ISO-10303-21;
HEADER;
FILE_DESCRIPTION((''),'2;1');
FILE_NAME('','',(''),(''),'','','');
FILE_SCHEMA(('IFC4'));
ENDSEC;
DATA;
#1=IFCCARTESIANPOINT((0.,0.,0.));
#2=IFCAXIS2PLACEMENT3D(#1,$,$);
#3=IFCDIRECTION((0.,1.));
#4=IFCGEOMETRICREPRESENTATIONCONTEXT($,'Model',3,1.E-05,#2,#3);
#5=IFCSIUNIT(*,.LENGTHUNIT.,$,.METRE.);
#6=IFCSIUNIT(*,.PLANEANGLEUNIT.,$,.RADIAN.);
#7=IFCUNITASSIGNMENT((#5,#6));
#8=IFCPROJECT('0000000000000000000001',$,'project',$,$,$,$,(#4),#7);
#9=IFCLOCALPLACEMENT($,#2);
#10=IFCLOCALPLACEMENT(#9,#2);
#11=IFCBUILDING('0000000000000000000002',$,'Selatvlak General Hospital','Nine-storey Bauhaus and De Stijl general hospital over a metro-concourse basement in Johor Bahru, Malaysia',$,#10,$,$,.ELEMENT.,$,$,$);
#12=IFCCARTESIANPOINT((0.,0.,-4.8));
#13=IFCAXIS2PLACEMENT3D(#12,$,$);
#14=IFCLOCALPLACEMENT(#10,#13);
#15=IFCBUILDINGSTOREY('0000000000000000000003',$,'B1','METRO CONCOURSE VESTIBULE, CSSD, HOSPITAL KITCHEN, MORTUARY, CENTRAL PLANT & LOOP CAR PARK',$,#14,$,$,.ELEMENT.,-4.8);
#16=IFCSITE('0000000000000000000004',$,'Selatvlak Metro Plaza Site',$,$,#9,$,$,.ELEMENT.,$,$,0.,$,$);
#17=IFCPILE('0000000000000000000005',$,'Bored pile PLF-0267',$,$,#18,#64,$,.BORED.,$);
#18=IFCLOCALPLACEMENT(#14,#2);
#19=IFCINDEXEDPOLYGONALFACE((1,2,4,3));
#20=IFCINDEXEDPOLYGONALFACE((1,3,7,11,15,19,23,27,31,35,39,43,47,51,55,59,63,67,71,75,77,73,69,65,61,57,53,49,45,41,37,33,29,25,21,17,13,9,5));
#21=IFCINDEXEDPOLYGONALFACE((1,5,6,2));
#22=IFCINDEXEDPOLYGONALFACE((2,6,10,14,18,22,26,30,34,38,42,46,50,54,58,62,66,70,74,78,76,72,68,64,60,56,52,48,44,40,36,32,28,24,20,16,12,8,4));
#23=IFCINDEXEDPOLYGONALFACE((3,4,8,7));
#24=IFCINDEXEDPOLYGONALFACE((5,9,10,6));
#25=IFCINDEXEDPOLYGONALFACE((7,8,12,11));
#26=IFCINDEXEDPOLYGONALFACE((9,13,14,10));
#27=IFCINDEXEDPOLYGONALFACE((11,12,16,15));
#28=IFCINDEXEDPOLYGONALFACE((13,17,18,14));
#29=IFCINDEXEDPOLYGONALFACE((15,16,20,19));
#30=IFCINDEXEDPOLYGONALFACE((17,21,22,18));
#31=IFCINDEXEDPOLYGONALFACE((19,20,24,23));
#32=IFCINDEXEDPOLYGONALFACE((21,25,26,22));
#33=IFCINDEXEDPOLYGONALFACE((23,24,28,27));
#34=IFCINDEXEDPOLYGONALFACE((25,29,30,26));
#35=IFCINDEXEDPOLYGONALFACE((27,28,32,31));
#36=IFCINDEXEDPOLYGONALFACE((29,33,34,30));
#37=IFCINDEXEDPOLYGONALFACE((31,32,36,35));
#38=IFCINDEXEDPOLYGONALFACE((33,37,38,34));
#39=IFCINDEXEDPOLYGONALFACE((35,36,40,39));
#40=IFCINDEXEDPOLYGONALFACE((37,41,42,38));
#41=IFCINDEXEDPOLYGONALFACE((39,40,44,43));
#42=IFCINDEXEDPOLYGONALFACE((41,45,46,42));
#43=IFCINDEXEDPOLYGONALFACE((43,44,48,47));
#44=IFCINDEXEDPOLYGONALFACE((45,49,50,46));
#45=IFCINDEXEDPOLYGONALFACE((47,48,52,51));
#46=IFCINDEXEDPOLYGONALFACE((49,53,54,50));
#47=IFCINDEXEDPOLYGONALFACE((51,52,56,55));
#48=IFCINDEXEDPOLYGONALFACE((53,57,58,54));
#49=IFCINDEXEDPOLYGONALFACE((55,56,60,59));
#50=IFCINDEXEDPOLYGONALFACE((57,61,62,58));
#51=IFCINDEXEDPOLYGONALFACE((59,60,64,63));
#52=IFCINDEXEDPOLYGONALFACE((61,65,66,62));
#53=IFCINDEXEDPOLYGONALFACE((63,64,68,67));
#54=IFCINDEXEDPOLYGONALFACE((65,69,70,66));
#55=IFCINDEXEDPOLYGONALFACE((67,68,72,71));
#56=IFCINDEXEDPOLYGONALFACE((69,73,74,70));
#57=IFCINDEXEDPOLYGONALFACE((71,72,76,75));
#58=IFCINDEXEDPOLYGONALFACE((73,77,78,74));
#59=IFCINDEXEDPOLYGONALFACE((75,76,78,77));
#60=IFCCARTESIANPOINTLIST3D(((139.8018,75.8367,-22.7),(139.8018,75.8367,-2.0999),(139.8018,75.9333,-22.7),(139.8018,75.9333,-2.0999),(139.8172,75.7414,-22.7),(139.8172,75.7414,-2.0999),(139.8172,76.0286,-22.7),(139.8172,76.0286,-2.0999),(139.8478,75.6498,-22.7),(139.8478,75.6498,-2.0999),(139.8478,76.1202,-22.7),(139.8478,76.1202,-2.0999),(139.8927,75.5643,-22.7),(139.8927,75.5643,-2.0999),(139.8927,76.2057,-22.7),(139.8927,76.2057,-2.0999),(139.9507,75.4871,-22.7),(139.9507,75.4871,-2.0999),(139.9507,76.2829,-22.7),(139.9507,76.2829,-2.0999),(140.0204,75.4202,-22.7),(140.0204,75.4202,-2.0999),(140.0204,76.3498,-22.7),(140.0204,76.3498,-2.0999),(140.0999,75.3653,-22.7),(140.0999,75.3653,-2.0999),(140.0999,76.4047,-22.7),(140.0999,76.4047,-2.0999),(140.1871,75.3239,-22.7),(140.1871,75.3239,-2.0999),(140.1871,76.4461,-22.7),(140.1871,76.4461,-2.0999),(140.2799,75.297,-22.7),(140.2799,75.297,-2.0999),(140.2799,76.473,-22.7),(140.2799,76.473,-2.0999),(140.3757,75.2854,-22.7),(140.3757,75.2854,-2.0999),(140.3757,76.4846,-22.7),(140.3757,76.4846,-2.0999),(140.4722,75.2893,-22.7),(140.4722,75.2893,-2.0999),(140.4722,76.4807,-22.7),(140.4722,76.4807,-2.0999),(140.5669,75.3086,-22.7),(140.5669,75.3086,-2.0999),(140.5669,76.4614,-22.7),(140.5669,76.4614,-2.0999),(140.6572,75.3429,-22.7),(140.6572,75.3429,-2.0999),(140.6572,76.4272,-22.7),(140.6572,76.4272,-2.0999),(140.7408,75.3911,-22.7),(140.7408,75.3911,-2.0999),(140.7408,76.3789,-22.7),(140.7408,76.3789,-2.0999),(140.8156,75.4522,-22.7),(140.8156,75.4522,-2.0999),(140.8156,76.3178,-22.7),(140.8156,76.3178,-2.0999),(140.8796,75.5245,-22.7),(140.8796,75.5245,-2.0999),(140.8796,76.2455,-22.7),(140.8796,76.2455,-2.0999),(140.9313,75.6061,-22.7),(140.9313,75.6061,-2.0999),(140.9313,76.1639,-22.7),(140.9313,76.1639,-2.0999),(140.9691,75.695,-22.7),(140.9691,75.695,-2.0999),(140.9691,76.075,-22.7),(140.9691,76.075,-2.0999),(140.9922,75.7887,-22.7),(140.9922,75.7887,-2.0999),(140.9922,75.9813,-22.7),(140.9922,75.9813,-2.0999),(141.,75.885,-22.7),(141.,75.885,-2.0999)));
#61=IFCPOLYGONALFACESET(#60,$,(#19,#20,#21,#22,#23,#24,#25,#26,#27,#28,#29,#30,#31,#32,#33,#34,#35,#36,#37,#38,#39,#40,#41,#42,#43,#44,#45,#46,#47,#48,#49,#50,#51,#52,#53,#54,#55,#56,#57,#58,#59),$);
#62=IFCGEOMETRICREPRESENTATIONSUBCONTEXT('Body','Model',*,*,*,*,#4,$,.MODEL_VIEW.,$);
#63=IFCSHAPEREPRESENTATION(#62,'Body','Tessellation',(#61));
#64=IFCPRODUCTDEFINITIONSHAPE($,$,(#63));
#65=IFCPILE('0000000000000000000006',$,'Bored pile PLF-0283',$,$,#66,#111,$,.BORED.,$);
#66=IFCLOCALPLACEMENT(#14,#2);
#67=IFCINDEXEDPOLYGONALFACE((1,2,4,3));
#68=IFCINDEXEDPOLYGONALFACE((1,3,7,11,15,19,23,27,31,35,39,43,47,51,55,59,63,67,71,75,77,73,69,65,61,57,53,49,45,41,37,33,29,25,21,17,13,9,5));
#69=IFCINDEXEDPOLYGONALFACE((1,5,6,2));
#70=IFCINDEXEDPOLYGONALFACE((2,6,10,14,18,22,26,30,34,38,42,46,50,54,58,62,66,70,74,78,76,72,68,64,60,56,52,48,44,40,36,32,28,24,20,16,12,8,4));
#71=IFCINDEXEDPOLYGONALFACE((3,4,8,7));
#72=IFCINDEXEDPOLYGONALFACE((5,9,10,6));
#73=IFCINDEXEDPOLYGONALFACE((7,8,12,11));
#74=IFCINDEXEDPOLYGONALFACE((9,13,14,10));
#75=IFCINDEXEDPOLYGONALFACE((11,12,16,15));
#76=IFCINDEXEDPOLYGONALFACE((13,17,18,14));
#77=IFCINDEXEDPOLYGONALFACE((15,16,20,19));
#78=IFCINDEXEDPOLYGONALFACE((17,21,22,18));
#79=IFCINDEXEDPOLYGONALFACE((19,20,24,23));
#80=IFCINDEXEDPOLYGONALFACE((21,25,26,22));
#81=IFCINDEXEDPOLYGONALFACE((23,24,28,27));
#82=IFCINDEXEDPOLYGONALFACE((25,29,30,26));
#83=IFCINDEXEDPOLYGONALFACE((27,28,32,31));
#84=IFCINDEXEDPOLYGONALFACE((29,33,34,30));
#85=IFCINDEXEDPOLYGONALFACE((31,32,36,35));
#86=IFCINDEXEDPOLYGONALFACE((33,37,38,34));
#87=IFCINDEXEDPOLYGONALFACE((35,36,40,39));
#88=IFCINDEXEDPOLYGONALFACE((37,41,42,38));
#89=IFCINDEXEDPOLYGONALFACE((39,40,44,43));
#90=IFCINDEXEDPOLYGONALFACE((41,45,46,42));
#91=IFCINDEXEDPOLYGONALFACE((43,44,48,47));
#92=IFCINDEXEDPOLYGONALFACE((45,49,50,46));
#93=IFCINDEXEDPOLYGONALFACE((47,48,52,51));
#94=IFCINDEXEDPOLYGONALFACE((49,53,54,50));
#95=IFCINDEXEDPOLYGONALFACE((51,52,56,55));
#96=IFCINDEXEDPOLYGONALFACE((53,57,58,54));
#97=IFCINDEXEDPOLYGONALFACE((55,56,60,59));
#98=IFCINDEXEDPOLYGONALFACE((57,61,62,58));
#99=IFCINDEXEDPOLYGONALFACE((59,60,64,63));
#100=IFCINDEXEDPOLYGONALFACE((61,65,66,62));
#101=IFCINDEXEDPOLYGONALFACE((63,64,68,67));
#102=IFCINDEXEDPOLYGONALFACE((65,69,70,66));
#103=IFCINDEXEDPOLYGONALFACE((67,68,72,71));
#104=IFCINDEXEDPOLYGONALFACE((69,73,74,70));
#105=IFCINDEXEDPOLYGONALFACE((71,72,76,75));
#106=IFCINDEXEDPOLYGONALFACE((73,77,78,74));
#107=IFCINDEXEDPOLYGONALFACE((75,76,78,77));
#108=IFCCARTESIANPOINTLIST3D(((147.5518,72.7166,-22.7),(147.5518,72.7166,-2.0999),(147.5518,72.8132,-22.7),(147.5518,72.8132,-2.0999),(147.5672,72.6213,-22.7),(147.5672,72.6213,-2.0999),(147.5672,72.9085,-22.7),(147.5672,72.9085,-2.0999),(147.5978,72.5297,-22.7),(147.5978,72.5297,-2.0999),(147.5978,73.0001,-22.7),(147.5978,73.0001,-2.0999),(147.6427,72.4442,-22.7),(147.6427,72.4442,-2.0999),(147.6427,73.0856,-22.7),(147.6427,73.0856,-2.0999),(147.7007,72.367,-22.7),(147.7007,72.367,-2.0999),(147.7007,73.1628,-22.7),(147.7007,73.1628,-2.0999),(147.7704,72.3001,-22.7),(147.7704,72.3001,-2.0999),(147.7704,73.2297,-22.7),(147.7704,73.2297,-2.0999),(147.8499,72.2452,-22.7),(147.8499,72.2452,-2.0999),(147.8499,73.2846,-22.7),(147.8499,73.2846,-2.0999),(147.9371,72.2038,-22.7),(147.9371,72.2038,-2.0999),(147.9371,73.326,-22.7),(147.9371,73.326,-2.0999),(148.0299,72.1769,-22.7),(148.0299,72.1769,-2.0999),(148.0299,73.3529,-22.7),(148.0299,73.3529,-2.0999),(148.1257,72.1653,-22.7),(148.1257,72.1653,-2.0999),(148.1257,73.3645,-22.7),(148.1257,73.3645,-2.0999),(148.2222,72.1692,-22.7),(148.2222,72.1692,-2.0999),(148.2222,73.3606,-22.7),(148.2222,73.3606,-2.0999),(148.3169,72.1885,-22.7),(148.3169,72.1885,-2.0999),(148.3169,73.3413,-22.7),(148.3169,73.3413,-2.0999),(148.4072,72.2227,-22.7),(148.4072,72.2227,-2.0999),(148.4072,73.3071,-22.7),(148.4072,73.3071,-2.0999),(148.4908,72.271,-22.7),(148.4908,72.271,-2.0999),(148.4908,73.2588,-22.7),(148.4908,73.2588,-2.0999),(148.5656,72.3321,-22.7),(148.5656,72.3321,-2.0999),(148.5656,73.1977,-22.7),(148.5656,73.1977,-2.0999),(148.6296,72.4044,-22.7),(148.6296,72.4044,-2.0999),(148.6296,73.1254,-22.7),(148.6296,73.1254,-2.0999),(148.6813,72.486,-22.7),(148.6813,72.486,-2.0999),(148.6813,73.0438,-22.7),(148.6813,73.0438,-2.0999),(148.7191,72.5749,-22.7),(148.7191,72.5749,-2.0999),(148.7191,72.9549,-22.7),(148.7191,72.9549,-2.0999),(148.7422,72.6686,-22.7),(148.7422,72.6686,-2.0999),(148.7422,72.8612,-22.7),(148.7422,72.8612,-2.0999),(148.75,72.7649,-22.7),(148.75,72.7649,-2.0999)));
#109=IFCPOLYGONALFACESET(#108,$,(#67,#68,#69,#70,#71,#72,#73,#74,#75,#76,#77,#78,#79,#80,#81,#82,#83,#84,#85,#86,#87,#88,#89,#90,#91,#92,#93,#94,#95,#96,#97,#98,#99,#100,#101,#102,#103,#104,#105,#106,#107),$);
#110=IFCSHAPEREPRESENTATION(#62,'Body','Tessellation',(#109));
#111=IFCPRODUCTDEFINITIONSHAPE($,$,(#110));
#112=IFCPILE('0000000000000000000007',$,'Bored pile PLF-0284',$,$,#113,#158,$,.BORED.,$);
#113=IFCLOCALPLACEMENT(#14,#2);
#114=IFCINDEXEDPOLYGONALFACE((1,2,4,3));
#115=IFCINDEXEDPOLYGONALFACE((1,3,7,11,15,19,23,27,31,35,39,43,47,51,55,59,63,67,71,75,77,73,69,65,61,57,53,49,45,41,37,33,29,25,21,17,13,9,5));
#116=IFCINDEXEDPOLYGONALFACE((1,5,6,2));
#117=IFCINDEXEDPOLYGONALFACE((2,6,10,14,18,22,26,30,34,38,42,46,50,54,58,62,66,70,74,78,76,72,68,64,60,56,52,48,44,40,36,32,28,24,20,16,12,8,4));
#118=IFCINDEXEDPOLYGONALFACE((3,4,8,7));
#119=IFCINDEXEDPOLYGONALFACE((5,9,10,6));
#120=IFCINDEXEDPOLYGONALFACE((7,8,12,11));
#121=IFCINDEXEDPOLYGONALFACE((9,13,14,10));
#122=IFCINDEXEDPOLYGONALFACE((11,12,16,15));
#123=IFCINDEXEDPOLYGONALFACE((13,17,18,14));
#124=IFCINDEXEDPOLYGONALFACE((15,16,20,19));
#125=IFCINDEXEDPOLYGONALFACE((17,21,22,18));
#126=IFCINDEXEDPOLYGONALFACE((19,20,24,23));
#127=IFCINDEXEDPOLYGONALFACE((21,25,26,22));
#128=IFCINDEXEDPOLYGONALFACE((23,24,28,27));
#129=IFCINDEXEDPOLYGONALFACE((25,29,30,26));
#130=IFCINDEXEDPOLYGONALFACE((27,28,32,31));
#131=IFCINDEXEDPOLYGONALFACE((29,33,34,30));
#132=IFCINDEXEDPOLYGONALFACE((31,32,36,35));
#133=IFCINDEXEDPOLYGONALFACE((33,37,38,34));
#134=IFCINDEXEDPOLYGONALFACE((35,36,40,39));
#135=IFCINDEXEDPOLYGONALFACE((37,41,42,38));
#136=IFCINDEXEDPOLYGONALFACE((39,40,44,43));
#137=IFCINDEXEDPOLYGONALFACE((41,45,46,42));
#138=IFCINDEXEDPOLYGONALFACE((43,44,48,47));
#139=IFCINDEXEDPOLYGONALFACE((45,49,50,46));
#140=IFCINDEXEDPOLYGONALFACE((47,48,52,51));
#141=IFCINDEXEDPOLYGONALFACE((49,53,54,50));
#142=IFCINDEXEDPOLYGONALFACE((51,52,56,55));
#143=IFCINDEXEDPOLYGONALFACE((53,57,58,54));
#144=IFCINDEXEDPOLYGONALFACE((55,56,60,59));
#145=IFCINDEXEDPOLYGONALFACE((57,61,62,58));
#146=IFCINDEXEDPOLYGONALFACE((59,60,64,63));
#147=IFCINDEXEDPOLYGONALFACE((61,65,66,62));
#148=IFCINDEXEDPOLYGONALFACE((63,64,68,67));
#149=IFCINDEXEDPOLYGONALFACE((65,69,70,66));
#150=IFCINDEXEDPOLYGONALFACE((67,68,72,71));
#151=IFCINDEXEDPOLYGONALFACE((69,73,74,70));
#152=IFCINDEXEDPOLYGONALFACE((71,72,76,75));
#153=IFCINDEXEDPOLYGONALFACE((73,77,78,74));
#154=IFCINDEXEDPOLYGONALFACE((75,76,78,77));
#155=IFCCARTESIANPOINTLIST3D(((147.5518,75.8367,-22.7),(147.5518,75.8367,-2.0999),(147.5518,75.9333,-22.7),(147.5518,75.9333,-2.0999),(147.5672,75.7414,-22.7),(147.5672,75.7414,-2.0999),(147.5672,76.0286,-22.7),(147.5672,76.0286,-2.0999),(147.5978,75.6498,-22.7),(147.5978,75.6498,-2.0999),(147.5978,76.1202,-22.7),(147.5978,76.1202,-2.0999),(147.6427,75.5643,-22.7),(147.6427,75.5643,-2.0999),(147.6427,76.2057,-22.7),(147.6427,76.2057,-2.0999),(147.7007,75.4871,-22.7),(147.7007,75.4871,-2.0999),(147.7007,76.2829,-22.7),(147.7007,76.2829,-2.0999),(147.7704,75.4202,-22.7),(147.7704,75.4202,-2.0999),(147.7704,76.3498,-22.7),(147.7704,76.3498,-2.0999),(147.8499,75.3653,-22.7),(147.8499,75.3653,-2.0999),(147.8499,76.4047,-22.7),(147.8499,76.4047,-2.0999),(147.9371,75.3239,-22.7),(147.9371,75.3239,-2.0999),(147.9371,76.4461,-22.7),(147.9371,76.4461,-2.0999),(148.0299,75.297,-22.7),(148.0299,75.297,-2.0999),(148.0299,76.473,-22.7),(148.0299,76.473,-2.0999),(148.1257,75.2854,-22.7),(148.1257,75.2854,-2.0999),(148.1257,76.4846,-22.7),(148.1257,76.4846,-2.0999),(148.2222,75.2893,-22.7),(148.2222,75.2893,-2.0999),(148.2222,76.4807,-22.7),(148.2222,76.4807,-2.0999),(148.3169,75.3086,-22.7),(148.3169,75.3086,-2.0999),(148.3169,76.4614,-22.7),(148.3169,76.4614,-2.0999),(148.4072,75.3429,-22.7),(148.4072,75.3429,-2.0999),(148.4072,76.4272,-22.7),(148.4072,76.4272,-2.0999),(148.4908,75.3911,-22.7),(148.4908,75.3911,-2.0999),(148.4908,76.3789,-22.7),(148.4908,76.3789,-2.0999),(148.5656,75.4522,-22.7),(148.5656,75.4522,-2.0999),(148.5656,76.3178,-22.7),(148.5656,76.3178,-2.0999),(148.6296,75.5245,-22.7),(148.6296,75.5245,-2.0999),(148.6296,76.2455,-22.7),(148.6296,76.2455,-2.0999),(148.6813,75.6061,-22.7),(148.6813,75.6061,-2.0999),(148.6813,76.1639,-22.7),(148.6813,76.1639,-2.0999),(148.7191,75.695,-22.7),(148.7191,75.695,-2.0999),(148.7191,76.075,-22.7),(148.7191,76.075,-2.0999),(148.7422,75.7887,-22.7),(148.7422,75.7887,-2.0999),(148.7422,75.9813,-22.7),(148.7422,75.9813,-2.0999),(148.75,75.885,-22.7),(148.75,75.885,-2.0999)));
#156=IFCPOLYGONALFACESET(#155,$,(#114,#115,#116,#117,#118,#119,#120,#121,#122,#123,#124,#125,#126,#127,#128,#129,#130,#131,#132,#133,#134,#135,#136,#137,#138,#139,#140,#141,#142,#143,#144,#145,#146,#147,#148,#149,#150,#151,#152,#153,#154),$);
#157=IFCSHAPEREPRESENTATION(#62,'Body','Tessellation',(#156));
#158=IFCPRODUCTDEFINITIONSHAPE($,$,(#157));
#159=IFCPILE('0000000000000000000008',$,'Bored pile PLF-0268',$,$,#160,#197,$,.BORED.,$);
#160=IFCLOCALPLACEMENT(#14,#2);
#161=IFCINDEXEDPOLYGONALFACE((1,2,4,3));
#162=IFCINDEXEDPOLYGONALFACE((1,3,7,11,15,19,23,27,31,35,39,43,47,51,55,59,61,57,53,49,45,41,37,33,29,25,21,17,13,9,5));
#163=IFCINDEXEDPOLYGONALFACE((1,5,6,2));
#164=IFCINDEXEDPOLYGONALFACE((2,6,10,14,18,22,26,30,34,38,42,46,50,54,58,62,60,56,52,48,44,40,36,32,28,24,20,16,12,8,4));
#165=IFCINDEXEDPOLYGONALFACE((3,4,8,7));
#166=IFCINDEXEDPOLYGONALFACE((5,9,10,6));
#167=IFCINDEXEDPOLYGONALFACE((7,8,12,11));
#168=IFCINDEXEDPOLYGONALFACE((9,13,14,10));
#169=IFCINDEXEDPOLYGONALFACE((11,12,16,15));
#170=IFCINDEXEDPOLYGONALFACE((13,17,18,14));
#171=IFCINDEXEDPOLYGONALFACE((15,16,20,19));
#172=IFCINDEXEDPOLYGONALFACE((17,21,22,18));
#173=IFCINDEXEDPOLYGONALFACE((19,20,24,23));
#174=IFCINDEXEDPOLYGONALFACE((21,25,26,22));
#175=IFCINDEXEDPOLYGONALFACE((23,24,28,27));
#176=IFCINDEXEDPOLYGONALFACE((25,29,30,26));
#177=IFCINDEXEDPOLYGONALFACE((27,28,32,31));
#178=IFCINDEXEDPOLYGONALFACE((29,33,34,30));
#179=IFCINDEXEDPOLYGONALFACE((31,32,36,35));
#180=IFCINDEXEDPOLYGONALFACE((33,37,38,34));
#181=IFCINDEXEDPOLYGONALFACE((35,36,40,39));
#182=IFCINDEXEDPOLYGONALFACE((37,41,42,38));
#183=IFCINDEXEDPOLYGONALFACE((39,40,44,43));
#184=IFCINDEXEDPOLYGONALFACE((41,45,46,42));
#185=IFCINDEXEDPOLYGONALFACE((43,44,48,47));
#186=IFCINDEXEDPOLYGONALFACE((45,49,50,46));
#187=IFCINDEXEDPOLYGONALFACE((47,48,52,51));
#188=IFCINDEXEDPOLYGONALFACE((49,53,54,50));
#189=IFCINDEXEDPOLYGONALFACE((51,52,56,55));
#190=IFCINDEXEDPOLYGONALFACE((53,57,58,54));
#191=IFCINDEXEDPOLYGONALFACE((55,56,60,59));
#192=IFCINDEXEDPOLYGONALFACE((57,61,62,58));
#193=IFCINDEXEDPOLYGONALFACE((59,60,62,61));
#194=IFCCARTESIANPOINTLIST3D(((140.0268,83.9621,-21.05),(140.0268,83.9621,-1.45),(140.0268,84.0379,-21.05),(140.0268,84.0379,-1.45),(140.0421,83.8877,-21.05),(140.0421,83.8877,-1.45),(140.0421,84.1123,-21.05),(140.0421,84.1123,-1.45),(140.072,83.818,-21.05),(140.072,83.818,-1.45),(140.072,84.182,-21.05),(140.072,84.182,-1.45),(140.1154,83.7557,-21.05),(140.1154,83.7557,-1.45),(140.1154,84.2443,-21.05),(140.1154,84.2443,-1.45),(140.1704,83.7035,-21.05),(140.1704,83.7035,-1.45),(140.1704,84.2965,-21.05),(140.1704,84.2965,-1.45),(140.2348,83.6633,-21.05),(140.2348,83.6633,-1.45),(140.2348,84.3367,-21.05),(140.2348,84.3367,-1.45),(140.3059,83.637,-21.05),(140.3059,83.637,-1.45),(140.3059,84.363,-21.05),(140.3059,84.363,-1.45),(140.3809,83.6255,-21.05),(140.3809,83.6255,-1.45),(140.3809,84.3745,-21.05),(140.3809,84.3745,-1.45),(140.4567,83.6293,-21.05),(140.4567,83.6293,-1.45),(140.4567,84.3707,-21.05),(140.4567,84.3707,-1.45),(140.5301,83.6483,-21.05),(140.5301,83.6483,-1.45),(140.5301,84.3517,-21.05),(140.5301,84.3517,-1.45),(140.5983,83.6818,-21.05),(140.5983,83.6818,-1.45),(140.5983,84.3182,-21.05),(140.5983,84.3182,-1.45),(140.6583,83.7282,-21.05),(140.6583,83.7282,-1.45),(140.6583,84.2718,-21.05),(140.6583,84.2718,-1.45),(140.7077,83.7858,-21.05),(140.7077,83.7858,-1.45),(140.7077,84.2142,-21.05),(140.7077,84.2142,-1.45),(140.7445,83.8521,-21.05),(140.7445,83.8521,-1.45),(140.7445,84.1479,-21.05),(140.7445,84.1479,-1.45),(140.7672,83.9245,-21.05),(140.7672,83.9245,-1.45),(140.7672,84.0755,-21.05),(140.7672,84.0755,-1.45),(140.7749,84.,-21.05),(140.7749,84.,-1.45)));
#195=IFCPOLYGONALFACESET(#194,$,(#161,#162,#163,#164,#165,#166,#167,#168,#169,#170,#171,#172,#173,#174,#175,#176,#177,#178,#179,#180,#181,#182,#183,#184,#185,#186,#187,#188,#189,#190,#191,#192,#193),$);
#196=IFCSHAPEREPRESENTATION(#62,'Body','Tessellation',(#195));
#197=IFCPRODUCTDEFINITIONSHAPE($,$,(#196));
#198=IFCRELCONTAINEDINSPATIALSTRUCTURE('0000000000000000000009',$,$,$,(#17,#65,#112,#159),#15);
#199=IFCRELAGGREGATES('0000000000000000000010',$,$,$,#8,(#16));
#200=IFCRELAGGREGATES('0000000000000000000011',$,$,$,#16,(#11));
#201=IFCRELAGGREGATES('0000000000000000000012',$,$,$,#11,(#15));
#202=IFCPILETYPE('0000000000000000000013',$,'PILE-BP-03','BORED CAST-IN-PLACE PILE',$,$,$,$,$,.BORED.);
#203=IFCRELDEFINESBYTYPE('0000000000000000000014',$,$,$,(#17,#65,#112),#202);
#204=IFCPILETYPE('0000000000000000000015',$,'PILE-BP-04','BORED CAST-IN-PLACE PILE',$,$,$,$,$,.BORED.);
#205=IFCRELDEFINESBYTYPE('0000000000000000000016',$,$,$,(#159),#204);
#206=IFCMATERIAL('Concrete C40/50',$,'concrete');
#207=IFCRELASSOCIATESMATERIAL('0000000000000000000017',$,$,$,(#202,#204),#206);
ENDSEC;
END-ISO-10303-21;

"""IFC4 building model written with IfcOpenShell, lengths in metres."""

from ifc_helpers import new_model, si_unit, direction, frame, origin, origin_2d, place, context, subcontext, project, spatial, circle, extrude, material, material_profile, profile_set, type_object, element, save


model = new_model("IFC4")

# Units and contexts
model_context = context("Model", 3, precision=1e-05, world=origin(), true_north=direction((0.0, 1.0)))
body_context = subcontext(model_context, "Body", "Model", "MODEL_VIEW")
ifc_project = project(units=[si_unit("LENGTHUNIT", "METRE"), si_unit("PLANEANGLEUNIT", "RADIAN")], contexts=[model_context])

# Site, building, storey
site_placement = place(None, origin())
site = spatial("IfcSite", under=ifc_project, at=site_placement, Name="Selatvlak Metro Plaza Site", CompositionType="ELEMENT", RefElevation=0.0)
building_placement = place(site_placement, origin())
building = spatial("IfcBuilding", under=site, at=building_placement, Name="Selatvlak General Hospital", Description="Nine-storey Bauhaus and De Stijl general hospital over a metro-concourse basement in Johor Bahru, Malaysia", CompositionType="ELEMENT")
storey_placement = place(building_placement, frame((0.0, 0.0, -4.8)))
storey = spatial("IfcBuildingStorey", under=building, at=storey_placement, Name="B1", Description="METRO CONCOURSE VESTIBULE, CSSD, HOSPITAL KITCHEN, MORTUARY, CENTRAL PLANT & LOOP CAR PARK", CompositionType="ELEMENT", Elevation=-4.8)

# Shared definitions
ifc_material_1 = material(Name="Concrete C40/50", Category="concrete")

# Piles
ifc_material_profile_1 = material_profile(ifc_material_1, circle(Radius=0.6001, at=origin_2d()), Name="BORED PILE 1200")
ifc_profile_set_1 = profile_set([ifc_material_profile_1], Name="Concrete C40/50")
pile_type_1 = type_object("IfcPileType", Name="PILE-BP-03", Description="BORED CAST-IN-PLACE PILE", PredefinedType="BORED", material=ifc_profile_set_1)
for number, where, z_axis, x_axis, name in (
    (1, (140.3999, 75.885, -2.0999), (0.0, 0.0, -1.0), (1.0, 0.0, 0.0), "Bored pile PLF-0267"),
    (2, (148.1499, 72.7649, -2.0999), (0.0, 0.0, -1.0), (1.0, 0.0, 0.0), "Bored pile PLF-0283"),
    (3, (148.1499, 75.885, -2.0999), (0.0, 0.0, -1.0), (1.0, 0.0, 0.0), "Bored pile PLF-0284"),
):
    element("IfcPile", number, at=place(storey_placement, frame(where, z_axis=z_axis, x_axis=x_axis)), inside=storey, type_object=pile_type_1, Name=name, PredefinedType="BORED", context=body_context, shape_type="SweptSolid", body=[
        extrude(circle(Radius=0.6001, at=origin_2d()), origin(), (0.0, 0.0, 1.0), 20.6001),
    ])
ifc_material_profile_2 = material_profile(ifc_material_1, circle(Radius=0.375, at=origin_2d()), Name="BORED PILE 750")
ifc_profile_set_2 = profile_set([ifc_material_profile_2], Name="Concrete C40/50")
pile_type_2 = type_object("IfcPileType", Name="PILE-BP-04", Description="BORED CAST-IN-PLACE PILE", PredefinedType="BORED", material=ifc_profile_set_2)
pile_1_placement = place(storey_placement, frame((140.3999, 84.0, -1.45), z_axis=(0.0, 0.0, -1.0), x_axis=(1.0, 0.0, 0.0)))
element("IfcPile", 4, at=pile_1_placement, inside=storey, type_object=pile_type_2, Name="Bored pile PLF-0268", PredefinedType="BORED", context=body_context, shape_type="SweptSolid", body=[
    extrude(circle(Radius=0.375, at=origin_2d()), origin(), (0.0, 0.0, 1.0), 19.6001),
])

save(model, "model.ifc")
